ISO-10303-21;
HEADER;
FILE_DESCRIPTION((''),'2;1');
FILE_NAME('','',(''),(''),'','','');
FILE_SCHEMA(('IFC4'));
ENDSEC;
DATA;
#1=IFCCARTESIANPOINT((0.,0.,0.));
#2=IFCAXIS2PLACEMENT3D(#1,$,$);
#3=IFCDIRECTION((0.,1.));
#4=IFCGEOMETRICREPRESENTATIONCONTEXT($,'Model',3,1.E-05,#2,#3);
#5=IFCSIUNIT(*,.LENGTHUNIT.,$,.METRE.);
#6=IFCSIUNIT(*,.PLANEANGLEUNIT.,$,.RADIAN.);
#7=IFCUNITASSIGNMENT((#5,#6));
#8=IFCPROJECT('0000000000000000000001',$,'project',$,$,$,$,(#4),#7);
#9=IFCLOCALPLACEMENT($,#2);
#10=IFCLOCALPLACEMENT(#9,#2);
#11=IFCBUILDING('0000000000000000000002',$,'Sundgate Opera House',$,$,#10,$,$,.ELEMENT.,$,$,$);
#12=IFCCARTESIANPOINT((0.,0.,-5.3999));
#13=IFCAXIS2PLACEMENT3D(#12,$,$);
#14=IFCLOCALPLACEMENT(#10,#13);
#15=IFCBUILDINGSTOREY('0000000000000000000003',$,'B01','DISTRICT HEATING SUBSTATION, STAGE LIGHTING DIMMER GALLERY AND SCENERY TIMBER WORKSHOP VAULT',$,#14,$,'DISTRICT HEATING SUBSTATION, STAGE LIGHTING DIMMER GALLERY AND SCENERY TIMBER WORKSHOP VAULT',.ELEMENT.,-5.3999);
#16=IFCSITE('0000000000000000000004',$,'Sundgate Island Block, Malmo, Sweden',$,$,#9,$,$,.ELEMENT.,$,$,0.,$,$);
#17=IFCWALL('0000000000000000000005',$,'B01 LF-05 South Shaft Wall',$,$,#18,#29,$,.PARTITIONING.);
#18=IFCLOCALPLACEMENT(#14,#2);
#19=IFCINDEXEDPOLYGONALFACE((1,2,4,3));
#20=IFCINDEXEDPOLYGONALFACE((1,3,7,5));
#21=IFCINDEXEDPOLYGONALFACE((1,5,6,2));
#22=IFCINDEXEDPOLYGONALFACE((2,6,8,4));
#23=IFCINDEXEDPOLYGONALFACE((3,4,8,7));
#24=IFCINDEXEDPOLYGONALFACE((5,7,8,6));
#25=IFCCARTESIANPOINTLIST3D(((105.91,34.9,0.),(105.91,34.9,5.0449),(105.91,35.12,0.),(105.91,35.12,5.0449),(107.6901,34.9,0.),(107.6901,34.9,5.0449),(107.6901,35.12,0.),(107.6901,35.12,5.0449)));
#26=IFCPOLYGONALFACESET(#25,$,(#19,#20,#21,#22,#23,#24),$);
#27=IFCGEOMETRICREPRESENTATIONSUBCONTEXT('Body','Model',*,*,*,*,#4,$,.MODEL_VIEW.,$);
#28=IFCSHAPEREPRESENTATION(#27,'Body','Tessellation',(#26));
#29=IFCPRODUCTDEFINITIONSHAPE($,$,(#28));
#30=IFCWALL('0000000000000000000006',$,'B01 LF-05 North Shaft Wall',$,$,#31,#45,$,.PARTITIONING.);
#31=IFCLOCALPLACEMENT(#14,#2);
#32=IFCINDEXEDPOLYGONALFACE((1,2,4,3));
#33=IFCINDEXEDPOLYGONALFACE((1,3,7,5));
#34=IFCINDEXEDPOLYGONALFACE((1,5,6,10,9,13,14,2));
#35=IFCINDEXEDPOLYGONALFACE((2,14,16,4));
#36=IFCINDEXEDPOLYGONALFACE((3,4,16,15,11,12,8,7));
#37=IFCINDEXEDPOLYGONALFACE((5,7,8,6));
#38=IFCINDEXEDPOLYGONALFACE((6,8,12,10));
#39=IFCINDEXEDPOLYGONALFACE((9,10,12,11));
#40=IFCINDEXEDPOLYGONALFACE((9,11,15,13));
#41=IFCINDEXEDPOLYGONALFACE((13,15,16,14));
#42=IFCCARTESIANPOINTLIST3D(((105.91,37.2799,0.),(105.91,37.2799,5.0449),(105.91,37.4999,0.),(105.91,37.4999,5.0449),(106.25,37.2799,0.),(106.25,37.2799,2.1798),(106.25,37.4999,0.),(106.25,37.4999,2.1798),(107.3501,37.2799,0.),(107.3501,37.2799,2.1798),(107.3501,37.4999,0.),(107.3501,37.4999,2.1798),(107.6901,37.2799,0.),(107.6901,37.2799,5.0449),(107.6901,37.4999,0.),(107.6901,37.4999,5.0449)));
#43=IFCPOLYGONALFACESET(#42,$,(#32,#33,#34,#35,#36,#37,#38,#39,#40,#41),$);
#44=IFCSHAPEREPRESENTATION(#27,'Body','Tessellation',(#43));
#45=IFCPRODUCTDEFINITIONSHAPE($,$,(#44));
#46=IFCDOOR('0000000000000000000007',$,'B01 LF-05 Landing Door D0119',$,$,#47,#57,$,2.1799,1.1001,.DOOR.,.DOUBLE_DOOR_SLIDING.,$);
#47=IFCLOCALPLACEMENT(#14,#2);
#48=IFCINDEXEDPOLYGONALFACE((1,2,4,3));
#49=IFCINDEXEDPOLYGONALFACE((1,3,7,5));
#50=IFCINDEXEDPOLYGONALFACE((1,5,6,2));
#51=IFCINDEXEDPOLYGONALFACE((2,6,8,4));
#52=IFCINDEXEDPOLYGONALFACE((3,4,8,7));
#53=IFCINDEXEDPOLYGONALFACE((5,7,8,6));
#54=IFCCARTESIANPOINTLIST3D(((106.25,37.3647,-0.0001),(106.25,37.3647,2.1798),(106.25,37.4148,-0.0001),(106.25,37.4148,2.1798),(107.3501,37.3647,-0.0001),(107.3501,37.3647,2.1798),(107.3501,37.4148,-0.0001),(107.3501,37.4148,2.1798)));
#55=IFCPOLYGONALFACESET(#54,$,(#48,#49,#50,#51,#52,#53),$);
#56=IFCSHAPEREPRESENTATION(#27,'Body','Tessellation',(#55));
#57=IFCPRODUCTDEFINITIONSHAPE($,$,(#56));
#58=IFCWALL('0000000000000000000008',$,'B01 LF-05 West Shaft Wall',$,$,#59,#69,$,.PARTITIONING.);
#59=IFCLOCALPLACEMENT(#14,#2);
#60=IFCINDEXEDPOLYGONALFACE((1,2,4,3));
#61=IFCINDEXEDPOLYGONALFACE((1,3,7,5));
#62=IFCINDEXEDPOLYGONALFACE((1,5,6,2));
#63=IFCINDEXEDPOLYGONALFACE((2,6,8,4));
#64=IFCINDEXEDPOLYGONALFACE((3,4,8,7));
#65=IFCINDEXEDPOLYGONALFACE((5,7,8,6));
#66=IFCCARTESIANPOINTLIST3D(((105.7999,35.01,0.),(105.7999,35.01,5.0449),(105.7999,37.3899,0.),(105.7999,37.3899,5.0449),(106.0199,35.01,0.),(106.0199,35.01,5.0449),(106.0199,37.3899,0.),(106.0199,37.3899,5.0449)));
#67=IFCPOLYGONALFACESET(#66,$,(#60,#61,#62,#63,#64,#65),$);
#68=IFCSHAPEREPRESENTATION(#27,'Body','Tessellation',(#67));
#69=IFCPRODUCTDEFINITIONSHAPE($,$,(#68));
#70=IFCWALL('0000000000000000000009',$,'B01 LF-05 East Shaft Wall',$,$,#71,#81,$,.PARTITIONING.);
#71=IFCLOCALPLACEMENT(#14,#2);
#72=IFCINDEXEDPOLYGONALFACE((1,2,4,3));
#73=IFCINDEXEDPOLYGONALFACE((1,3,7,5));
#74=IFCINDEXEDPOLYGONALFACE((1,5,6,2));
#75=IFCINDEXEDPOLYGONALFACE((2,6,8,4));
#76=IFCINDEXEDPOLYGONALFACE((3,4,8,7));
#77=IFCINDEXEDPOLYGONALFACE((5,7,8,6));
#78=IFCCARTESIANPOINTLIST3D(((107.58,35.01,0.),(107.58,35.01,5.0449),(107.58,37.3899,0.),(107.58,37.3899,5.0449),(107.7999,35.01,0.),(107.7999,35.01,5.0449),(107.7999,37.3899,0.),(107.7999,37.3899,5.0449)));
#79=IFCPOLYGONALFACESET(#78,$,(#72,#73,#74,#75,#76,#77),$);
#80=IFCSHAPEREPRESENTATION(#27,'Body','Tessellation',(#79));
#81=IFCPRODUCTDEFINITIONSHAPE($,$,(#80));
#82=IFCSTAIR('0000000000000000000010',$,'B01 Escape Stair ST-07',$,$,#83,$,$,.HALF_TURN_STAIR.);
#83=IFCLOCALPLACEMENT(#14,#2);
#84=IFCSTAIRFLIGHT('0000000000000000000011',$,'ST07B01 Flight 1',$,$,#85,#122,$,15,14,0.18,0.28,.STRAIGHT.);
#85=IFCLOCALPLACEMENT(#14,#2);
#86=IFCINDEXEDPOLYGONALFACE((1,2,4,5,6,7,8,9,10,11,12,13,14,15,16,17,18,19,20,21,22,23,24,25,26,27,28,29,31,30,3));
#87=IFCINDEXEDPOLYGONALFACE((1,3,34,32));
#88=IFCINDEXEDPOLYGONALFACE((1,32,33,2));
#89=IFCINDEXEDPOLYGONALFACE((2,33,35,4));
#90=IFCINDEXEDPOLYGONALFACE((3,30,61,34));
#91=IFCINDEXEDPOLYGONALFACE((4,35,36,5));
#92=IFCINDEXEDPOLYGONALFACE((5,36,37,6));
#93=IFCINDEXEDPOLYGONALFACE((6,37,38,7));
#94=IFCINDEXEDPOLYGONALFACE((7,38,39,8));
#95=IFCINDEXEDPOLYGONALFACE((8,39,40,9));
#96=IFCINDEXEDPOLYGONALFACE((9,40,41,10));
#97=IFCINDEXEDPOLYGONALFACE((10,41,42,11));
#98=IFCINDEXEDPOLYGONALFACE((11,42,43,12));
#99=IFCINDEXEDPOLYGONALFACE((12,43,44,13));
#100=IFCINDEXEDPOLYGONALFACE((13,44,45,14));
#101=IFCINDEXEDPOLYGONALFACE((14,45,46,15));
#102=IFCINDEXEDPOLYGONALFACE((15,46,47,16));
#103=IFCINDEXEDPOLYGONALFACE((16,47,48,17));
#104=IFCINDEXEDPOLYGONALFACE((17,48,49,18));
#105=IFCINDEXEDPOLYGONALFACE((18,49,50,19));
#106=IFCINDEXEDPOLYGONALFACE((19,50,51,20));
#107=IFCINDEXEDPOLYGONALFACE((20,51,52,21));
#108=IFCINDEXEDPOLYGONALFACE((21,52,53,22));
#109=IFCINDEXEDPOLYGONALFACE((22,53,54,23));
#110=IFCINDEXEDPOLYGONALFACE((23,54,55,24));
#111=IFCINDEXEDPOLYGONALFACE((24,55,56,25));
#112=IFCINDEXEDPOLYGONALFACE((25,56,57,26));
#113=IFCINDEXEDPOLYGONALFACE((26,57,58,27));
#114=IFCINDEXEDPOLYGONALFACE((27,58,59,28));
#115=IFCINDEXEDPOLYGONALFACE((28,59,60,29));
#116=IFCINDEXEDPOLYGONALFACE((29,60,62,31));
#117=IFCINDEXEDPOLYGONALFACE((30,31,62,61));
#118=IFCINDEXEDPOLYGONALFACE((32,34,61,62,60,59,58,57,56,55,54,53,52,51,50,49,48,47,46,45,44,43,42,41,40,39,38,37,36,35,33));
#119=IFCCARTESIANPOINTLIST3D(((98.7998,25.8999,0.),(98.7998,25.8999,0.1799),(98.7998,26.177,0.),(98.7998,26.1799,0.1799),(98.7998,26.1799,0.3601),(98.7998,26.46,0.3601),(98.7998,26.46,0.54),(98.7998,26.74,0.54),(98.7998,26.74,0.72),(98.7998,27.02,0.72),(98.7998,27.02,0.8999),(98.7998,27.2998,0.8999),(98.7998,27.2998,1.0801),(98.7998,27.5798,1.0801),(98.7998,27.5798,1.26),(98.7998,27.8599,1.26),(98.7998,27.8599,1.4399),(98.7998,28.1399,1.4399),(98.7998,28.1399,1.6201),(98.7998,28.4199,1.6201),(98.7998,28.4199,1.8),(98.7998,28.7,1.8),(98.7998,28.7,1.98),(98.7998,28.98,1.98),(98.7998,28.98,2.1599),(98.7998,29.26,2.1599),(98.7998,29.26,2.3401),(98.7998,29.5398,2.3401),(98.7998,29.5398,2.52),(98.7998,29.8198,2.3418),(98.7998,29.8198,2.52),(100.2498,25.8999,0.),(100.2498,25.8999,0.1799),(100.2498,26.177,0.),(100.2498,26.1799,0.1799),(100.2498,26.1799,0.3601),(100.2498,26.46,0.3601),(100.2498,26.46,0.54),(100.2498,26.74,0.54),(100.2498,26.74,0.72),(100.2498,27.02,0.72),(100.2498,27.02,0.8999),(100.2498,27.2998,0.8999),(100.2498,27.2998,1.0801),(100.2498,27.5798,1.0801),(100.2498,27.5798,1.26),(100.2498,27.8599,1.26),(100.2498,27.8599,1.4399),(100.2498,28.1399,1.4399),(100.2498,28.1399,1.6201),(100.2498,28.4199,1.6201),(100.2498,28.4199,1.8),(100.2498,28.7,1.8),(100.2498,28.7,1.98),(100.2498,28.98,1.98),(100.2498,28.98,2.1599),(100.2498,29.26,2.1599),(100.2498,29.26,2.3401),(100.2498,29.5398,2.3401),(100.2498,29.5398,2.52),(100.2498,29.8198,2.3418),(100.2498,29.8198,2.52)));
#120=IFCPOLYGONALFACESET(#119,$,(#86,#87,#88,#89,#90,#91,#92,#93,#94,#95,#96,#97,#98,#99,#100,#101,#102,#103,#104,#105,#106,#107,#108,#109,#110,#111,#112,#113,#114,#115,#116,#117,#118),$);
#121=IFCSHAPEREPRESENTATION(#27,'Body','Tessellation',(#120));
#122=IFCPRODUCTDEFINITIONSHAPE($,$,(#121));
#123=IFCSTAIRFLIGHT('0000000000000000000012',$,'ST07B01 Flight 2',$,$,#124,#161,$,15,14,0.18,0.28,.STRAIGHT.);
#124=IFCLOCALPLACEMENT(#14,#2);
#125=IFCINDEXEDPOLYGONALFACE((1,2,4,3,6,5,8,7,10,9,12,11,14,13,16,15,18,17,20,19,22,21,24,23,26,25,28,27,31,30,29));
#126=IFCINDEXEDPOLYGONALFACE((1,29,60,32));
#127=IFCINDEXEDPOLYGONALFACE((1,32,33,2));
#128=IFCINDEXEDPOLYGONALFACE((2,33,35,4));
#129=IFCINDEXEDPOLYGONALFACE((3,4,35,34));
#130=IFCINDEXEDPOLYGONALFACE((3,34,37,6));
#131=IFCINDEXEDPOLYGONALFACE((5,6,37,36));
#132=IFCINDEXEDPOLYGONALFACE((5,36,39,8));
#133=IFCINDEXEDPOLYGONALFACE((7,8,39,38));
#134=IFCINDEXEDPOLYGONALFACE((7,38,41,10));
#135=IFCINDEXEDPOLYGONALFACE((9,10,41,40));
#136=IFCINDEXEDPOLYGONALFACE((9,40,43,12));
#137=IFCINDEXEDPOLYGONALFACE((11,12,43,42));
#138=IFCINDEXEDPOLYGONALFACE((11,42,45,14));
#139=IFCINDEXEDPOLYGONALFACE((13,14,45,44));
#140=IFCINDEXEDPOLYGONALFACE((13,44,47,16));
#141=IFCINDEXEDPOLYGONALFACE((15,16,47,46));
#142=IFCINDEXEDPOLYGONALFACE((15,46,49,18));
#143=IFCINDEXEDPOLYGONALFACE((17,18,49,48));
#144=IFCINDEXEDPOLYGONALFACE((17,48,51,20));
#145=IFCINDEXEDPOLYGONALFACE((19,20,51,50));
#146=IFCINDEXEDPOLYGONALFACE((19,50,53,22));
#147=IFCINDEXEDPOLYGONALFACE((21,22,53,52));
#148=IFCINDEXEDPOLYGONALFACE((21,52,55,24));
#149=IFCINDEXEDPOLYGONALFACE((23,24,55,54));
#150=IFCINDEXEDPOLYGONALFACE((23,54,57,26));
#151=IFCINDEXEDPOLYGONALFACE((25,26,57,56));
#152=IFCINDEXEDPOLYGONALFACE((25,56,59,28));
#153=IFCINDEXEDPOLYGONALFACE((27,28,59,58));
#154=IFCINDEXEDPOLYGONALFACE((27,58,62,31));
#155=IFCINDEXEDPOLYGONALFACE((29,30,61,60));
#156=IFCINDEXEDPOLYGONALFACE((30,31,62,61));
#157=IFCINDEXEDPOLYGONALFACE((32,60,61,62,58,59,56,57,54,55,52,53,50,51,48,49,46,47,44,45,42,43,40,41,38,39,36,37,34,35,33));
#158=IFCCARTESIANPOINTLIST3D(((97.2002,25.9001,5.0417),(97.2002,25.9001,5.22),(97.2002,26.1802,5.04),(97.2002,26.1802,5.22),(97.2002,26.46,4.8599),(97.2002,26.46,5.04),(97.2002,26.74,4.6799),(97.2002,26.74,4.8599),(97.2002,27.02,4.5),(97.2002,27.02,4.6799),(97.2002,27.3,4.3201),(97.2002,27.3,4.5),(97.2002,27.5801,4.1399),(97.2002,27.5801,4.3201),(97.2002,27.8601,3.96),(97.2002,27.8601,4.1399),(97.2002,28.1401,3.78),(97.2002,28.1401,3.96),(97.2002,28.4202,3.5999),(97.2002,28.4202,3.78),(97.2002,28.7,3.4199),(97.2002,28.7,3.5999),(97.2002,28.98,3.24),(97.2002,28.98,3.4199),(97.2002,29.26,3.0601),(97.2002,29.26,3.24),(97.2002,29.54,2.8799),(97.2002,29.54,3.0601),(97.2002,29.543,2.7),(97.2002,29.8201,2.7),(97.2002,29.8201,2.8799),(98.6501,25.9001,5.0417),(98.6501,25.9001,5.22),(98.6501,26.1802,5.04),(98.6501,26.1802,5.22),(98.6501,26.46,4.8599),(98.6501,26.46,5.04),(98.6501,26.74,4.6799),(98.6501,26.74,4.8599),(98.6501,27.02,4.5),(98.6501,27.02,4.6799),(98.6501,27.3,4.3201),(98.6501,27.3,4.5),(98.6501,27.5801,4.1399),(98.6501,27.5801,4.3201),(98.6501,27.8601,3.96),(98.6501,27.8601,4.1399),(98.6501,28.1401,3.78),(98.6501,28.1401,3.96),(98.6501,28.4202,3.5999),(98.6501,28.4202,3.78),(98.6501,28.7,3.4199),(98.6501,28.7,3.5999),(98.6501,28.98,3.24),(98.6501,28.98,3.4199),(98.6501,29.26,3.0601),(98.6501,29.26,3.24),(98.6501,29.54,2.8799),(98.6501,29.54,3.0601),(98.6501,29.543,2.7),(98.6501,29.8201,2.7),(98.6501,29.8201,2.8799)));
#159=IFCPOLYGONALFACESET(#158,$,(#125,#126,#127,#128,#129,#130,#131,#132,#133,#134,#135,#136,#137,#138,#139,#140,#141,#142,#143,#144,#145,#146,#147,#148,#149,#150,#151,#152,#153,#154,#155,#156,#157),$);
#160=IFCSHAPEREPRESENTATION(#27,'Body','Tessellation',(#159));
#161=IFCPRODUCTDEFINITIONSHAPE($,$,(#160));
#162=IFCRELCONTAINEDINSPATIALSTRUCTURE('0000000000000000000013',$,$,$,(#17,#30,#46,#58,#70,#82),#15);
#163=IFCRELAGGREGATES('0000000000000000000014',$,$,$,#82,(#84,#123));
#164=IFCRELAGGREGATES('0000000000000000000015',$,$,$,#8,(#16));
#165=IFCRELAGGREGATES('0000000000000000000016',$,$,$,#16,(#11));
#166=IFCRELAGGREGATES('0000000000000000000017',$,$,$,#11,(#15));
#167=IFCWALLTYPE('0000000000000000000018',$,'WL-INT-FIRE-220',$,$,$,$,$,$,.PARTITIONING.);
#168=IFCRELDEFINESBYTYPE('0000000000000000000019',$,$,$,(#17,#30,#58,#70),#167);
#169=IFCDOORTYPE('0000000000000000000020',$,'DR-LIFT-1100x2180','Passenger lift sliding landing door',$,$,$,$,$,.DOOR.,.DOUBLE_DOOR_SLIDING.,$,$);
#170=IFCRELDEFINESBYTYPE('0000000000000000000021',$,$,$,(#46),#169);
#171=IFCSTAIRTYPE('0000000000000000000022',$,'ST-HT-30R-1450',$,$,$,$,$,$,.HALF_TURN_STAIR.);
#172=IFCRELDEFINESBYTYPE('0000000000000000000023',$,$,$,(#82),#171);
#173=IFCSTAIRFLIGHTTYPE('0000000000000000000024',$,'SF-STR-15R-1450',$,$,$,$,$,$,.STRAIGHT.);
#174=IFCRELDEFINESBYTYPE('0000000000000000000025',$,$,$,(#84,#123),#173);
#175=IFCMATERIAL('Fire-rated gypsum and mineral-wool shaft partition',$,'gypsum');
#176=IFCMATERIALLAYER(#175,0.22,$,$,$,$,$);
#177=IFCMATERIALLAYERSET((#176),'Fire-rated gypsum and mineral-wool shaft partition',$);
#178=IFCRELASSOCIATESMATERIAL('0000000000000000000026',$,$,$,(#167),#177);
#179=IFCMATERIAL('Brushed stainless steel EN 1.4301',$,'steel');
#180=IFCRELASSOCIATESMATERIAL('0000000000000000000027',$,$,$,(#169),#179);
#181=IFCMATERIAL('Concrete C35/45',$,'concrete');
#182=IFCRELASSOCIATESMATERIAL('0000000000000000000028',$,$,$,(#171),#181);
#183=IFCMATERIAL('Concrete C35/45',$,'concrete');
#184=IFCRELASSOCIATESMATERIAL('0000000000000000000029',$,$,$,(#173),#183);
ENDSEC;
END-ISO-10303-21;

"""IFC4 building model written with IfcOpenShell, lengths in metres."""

from ifc_helpers import new_model, si_unit, direction, frame, frame_2d, origin, place, context, subcontext, project, spatial, polyline, rectangle, outline, extrude, material, layer, layer_set, type_object, element, fill, aggregate, save


model = new_model("IFC4")

# Units and contexts
model_context = context("Model", 3, precision=1e-05, world=origin(), true_north=direction((0.0, 1.0)))
body_context = subcontext(model_context, "Body", "Model", "MODEL_VIEW")
ifc_project = project(units=[si_unit("LENGTHUNIT", "METRE"), si_unit("PLANEANGLEUNIT", "RADIAN")], contexts=[model_context])

# Site, building, storey
site_placement = place(None, origin())
site = spatial("IfcSite", under=ifc_project, at=site_placement, Name="Sundgate Island Block, Malmo, Sweden", CompositionType="ELEMENT", RefElevation=0.0)
building_placement = place(site_placement, origin())
building = spatial("IfcBuilding", under=site, at=building_placement, Name="Sundgate Opera House", CompositionType="ELEMENT")
storey_placement = place(building_placement, frame((0.0, 0.0, -5.3999)))
storey = spatial("IfcBuildingStorey", under=building, at=storey_placement, Name="B01", Description="DISTRICT HEATING SUBSTATION, STAGE LIGHTING DIMMER GALLERY AND SCENERY TIMBER WORKSHOP VAULT", LongName="DISTRICT HEATING SUBSTATION, STAGE LIGHTING DIMMER GALLERY AND SCENERY TIMBER WORKSHOP VAULT", CompositionType="ELEMENT", Elevation=-5.3999)

# Wall
ifc_material_1 = material(Name="Fire-rated gypsum and mineral-wool shaft partition", Category="gypsum")
ifc_layer_1 = layer(ifc_material_1, 0.22)
ifc_layer_set_1 = layer_set([ifc_layer_1], Name="Fire-rated gypsum and mineral-wool shaft partition")
wall_type_1 = type_object("IfcWallType", Name="WL-INT-FIRE-220", PredefinedType="PARTITIONING", material=ifc_layer_set_1)
wall_1_placement = place(storey_placement, frame((105.9099, 35.01, 0.0), z_axis=(0.0, 0.0, 1.0), x_axis=(1.0, 0.0, 0.0)))
element("IfcWall", 1, at=wall_1_placement, inside=storey, type_object=wall_type_1, Name="B01 LF-05 South Shaft Wall", PredefinedType="PARTITIONING", context=body_context, shape_type="SweptSolid", body=[
    extrude(rectangle(XDim=1.78, YDim=0.22, at=frame_2d((0.8901, 0.0))), origin(), (0.0, 0.0, 1.0), 5.0449),
])

# Wall, opening, door
wall_2_placement = place(storey_placement, frame((105.9099, 37.3899, 0.0), z_axis=(0.0, 0.0, 1.0), x_axis=(1.0, 0.0, 0.0)))
wall_2 = element("IfcWall", 2, at=wall_2_placement, inside=storey, type_object=wall_type_1, Name="B01 LF-05 North Shaft Wall", PredefinedType="PARTITIONING", context=body_context, shape_type="SweptSolid", body=[
    extrude(rectangle(XDim=1.78, YDim=0.22, at=frame_2d((0.8901, 0.0))), origin(), (0.0, 0.0, 1.0), 5.0449),
])
opening_placement = place(wall_2_placement, frame((0.3401, 0.0, 0.0)))
opening = element("IfcOpeningElement", 3, at=opening_placement, cuts=wall_2, PredefinedType="OPENING", context=body_context, shape_type="SweptSolid", body=[
    extrude(rectangle(XDim=1.1001, YDim=2.1799, at=frame_2d((0.55, 1.0898))), frame((0.0, 0.1199, 0.0), z_axis=(0.0, -1.0, 0.0), x_axis=(1.0, 0.0, 0.0)), (0.0, 0.0, 1.0), 0.24),
])
ifc_material_2 = material(Name="Brushed stainless steel EN 1.4301", Category="steel")
door_type = type_object("IfcDoorType", Name="DR-LIFT-1100x2180", Description="Passenger lift sliding landing door", OperationType="DOUBLE_DOOR_SLIDING", PredefinedType="DOOR", material=ifc_material_2)
door_placement = place(opening_placement, origin())
door = element("IfcDoor", 4, at=door_placement, inside=storey, type_object=door_type, Name="B01 LF-05 Landing Door D0119", OperationType="DOUBLE_DOOR_SLIDING", OverallHeight=2.1799, OverallWidth=1.1001, PredefinedType="DOOR", context=body_context, shape_type="SweptSolid", body=[
    extrude(rectangle(XDim=1.1001, YDim=2.1799, at=frame_2d((0.55, 1.0898))), frame((0.0, 0.0249, 0.0), z_axis=(0.0, -1.0, 0.0), x_axis=(1.0, 0.0, 0.0)), (0.0, 0.0, 1.0), 0.05),
])
fill(opening, door)

# Walls
for number, where, z_axis, x_axis, name in (
    (5, (105.9099, 35.01, 0.0), (0.0, 0.0, 1.0), (0.0, 1.0, 0.0), "B01 LF-05 West Shaft Wall"),
    (6, (107.6899, 35.01, 0.0), (0.0, 0.0, 1.0), (0.0, 1.0, 0.0), "B01 LF-05 East Shaft Wall"),
):
    element("IfcWall", number, at=place(storey_placement, frame(where, z_axis=z_axis, x_axis=x_axis)), inside=storey, type_object=wall_type_1, Name=name, PredefinedType="PARTITIONING", context=body_context, shape_type="SweptSolid", body=[
        extrude(rectangle(XDim=2.3799, YDim=0.22, at=frame_2d((1.1899, 0.0))), origin(), (0.0, 0.0, 1.0), 5.0449),
    ])

# Stair, stair flights
ifc_material_3 = material(Name="Concrete C35/45", Category="concrete")
stair_type = type_object("IfcStairType", Name="ST-HT-30R-1450", PredefinedType="HALF_TURN_STAIR", material=ifc_material_3)
stair_placement = place(storey_placement, origin())
stair = element("IfcStair", 7, at=stair_placement, inside=storey, type_object=stair_type, Name="B01 Escape Stair ST-07", PredefinedType="HALF_TURN_STAIR")
ifc_material_4 = material(Name="Concrete C35/45", Category="concrete")
stair_flight_type = type_object("IfcStairFlightType", Name="SF-STR-15R-1450", PredefinedType="STRAIGHT", material=ifc_material_4)
stair_flight_1_placement = place(storey_placement, frame((99.5249, 25.8999, 0.0), z_axis=(0.0, 0.0, 1.0), x_axis=(0.0, 1.0, 0.0)))
stair_flight_1 = element("IfcStairFlight", 8, at=stair_flight_1_placement, type_object=stair_flight_type, Name="ST07B01 Flight 1", NumberOfRisers=15, NumberOfTreads=14, PredefinedType="STRAIGHT", RiserHeight=0.18, TreadLength=0.28, context=body_context, shape_type="SweptSolid", body=[
    extrude(outline(polyline([(0.0, 0.0), (0.0, 0.1799), (0.28, 0.1799), (0.28, 0.3601), (0.5601, 0.3601), (0.5601, 0.54), (0.8401, 0.54), (0.8401, 0.72), (1.1201, 0.72), (1.1201, 0.8999), (1.3999, 0.8999), (1.3999, 1.0801), (1.6799, 1.0801), (1.6799, 1.26), (1.96, 1.26), (1.96, 1.4399), (2.24, 1.4399), (2.24, 1.6201), (2.52, 1.6201), (2.52, 1.8), (2.8, 1.8), (2.8, 1.98), (3.0801, 1.98), (3.0801, 2.1599), (3.3601, 2.1599), (3.3601, 2.3401), (3.6399, 2.3401), (3.6399, 2.52), (3.9199, 2.52), (3.9199, 2.7), (3.9199, 2.3418), (0.2771, 0.0), (0.0, 0.0)])), frame((0.0, 0.7251, 0.0), z_axis=(0.0, -1.0, 0.0), x_axis=(1.0, 0.0, 0.0)), (0.0, 0.0, 1.0), 1.45),
])
stair_flight_2_placement = place(storey_placement, frame((97.925, 29.8201, 2.7), z_axis=(0.0, 0.0, 1.0), x_axis=(0.0, -1.0, 0.0)))
stair_flight_2 = element("IfcStairFlight", 9, at=stair_flight_2_placement, type_object=stair_flight_type, Name="ST07B01 Flight 2", NumberOfRisers=15, NumberOfTreads=14, PredefinedType="STRAIGHT", RiserHeight=0.18, TreadLength=0.28, context=body_context, shape_type="SweptSolid", body=[
    extrude(outline(polyline([(0.0, 0.0), (0.0, 0.1799), (0.28, 0.1799), (0.28, 0.3601), (0.5601, 0.3601), (0.5601, 0.54), (0.8401, 0.54), (0.8401, 0.72), (1.1201, 0.72), (1.1201, 0.8999), (1.3999, 0.8999), (1.3999, 1.0801), (1.6799, 1.0801), (1.6799, 1.26), (1.96, 1.26), (1.96, 1.4399), (2.24, 1.4399), (2.24, 1.6201), (2.52, 1.6201), (2.52, 1.8), (2.8, 1.8), (2.8, 1.98), (3.0801, 1.98), (3.0801, 2.1599), (3.3601, 2.1599), (3.3601, 2.3401), (3.6399, 2.3401), (3.6399, 2.52), (3.9199, 2.52), (3.9199, 2.7), (3.9199, 2.3418), (0.2771, 0.0), (0.0, 0.0)])), frame((0.0, 0.7251, 0.0), z_axis=(0.0, -1.0, 0.0), x_axis=(1.0, 0.0, 0.0)), (0.0, 0.0, 1.0), 1.45),
])
aggregate(stair, [stair_flight_1, stair_flight_2])

save(model, "model.ifc")
